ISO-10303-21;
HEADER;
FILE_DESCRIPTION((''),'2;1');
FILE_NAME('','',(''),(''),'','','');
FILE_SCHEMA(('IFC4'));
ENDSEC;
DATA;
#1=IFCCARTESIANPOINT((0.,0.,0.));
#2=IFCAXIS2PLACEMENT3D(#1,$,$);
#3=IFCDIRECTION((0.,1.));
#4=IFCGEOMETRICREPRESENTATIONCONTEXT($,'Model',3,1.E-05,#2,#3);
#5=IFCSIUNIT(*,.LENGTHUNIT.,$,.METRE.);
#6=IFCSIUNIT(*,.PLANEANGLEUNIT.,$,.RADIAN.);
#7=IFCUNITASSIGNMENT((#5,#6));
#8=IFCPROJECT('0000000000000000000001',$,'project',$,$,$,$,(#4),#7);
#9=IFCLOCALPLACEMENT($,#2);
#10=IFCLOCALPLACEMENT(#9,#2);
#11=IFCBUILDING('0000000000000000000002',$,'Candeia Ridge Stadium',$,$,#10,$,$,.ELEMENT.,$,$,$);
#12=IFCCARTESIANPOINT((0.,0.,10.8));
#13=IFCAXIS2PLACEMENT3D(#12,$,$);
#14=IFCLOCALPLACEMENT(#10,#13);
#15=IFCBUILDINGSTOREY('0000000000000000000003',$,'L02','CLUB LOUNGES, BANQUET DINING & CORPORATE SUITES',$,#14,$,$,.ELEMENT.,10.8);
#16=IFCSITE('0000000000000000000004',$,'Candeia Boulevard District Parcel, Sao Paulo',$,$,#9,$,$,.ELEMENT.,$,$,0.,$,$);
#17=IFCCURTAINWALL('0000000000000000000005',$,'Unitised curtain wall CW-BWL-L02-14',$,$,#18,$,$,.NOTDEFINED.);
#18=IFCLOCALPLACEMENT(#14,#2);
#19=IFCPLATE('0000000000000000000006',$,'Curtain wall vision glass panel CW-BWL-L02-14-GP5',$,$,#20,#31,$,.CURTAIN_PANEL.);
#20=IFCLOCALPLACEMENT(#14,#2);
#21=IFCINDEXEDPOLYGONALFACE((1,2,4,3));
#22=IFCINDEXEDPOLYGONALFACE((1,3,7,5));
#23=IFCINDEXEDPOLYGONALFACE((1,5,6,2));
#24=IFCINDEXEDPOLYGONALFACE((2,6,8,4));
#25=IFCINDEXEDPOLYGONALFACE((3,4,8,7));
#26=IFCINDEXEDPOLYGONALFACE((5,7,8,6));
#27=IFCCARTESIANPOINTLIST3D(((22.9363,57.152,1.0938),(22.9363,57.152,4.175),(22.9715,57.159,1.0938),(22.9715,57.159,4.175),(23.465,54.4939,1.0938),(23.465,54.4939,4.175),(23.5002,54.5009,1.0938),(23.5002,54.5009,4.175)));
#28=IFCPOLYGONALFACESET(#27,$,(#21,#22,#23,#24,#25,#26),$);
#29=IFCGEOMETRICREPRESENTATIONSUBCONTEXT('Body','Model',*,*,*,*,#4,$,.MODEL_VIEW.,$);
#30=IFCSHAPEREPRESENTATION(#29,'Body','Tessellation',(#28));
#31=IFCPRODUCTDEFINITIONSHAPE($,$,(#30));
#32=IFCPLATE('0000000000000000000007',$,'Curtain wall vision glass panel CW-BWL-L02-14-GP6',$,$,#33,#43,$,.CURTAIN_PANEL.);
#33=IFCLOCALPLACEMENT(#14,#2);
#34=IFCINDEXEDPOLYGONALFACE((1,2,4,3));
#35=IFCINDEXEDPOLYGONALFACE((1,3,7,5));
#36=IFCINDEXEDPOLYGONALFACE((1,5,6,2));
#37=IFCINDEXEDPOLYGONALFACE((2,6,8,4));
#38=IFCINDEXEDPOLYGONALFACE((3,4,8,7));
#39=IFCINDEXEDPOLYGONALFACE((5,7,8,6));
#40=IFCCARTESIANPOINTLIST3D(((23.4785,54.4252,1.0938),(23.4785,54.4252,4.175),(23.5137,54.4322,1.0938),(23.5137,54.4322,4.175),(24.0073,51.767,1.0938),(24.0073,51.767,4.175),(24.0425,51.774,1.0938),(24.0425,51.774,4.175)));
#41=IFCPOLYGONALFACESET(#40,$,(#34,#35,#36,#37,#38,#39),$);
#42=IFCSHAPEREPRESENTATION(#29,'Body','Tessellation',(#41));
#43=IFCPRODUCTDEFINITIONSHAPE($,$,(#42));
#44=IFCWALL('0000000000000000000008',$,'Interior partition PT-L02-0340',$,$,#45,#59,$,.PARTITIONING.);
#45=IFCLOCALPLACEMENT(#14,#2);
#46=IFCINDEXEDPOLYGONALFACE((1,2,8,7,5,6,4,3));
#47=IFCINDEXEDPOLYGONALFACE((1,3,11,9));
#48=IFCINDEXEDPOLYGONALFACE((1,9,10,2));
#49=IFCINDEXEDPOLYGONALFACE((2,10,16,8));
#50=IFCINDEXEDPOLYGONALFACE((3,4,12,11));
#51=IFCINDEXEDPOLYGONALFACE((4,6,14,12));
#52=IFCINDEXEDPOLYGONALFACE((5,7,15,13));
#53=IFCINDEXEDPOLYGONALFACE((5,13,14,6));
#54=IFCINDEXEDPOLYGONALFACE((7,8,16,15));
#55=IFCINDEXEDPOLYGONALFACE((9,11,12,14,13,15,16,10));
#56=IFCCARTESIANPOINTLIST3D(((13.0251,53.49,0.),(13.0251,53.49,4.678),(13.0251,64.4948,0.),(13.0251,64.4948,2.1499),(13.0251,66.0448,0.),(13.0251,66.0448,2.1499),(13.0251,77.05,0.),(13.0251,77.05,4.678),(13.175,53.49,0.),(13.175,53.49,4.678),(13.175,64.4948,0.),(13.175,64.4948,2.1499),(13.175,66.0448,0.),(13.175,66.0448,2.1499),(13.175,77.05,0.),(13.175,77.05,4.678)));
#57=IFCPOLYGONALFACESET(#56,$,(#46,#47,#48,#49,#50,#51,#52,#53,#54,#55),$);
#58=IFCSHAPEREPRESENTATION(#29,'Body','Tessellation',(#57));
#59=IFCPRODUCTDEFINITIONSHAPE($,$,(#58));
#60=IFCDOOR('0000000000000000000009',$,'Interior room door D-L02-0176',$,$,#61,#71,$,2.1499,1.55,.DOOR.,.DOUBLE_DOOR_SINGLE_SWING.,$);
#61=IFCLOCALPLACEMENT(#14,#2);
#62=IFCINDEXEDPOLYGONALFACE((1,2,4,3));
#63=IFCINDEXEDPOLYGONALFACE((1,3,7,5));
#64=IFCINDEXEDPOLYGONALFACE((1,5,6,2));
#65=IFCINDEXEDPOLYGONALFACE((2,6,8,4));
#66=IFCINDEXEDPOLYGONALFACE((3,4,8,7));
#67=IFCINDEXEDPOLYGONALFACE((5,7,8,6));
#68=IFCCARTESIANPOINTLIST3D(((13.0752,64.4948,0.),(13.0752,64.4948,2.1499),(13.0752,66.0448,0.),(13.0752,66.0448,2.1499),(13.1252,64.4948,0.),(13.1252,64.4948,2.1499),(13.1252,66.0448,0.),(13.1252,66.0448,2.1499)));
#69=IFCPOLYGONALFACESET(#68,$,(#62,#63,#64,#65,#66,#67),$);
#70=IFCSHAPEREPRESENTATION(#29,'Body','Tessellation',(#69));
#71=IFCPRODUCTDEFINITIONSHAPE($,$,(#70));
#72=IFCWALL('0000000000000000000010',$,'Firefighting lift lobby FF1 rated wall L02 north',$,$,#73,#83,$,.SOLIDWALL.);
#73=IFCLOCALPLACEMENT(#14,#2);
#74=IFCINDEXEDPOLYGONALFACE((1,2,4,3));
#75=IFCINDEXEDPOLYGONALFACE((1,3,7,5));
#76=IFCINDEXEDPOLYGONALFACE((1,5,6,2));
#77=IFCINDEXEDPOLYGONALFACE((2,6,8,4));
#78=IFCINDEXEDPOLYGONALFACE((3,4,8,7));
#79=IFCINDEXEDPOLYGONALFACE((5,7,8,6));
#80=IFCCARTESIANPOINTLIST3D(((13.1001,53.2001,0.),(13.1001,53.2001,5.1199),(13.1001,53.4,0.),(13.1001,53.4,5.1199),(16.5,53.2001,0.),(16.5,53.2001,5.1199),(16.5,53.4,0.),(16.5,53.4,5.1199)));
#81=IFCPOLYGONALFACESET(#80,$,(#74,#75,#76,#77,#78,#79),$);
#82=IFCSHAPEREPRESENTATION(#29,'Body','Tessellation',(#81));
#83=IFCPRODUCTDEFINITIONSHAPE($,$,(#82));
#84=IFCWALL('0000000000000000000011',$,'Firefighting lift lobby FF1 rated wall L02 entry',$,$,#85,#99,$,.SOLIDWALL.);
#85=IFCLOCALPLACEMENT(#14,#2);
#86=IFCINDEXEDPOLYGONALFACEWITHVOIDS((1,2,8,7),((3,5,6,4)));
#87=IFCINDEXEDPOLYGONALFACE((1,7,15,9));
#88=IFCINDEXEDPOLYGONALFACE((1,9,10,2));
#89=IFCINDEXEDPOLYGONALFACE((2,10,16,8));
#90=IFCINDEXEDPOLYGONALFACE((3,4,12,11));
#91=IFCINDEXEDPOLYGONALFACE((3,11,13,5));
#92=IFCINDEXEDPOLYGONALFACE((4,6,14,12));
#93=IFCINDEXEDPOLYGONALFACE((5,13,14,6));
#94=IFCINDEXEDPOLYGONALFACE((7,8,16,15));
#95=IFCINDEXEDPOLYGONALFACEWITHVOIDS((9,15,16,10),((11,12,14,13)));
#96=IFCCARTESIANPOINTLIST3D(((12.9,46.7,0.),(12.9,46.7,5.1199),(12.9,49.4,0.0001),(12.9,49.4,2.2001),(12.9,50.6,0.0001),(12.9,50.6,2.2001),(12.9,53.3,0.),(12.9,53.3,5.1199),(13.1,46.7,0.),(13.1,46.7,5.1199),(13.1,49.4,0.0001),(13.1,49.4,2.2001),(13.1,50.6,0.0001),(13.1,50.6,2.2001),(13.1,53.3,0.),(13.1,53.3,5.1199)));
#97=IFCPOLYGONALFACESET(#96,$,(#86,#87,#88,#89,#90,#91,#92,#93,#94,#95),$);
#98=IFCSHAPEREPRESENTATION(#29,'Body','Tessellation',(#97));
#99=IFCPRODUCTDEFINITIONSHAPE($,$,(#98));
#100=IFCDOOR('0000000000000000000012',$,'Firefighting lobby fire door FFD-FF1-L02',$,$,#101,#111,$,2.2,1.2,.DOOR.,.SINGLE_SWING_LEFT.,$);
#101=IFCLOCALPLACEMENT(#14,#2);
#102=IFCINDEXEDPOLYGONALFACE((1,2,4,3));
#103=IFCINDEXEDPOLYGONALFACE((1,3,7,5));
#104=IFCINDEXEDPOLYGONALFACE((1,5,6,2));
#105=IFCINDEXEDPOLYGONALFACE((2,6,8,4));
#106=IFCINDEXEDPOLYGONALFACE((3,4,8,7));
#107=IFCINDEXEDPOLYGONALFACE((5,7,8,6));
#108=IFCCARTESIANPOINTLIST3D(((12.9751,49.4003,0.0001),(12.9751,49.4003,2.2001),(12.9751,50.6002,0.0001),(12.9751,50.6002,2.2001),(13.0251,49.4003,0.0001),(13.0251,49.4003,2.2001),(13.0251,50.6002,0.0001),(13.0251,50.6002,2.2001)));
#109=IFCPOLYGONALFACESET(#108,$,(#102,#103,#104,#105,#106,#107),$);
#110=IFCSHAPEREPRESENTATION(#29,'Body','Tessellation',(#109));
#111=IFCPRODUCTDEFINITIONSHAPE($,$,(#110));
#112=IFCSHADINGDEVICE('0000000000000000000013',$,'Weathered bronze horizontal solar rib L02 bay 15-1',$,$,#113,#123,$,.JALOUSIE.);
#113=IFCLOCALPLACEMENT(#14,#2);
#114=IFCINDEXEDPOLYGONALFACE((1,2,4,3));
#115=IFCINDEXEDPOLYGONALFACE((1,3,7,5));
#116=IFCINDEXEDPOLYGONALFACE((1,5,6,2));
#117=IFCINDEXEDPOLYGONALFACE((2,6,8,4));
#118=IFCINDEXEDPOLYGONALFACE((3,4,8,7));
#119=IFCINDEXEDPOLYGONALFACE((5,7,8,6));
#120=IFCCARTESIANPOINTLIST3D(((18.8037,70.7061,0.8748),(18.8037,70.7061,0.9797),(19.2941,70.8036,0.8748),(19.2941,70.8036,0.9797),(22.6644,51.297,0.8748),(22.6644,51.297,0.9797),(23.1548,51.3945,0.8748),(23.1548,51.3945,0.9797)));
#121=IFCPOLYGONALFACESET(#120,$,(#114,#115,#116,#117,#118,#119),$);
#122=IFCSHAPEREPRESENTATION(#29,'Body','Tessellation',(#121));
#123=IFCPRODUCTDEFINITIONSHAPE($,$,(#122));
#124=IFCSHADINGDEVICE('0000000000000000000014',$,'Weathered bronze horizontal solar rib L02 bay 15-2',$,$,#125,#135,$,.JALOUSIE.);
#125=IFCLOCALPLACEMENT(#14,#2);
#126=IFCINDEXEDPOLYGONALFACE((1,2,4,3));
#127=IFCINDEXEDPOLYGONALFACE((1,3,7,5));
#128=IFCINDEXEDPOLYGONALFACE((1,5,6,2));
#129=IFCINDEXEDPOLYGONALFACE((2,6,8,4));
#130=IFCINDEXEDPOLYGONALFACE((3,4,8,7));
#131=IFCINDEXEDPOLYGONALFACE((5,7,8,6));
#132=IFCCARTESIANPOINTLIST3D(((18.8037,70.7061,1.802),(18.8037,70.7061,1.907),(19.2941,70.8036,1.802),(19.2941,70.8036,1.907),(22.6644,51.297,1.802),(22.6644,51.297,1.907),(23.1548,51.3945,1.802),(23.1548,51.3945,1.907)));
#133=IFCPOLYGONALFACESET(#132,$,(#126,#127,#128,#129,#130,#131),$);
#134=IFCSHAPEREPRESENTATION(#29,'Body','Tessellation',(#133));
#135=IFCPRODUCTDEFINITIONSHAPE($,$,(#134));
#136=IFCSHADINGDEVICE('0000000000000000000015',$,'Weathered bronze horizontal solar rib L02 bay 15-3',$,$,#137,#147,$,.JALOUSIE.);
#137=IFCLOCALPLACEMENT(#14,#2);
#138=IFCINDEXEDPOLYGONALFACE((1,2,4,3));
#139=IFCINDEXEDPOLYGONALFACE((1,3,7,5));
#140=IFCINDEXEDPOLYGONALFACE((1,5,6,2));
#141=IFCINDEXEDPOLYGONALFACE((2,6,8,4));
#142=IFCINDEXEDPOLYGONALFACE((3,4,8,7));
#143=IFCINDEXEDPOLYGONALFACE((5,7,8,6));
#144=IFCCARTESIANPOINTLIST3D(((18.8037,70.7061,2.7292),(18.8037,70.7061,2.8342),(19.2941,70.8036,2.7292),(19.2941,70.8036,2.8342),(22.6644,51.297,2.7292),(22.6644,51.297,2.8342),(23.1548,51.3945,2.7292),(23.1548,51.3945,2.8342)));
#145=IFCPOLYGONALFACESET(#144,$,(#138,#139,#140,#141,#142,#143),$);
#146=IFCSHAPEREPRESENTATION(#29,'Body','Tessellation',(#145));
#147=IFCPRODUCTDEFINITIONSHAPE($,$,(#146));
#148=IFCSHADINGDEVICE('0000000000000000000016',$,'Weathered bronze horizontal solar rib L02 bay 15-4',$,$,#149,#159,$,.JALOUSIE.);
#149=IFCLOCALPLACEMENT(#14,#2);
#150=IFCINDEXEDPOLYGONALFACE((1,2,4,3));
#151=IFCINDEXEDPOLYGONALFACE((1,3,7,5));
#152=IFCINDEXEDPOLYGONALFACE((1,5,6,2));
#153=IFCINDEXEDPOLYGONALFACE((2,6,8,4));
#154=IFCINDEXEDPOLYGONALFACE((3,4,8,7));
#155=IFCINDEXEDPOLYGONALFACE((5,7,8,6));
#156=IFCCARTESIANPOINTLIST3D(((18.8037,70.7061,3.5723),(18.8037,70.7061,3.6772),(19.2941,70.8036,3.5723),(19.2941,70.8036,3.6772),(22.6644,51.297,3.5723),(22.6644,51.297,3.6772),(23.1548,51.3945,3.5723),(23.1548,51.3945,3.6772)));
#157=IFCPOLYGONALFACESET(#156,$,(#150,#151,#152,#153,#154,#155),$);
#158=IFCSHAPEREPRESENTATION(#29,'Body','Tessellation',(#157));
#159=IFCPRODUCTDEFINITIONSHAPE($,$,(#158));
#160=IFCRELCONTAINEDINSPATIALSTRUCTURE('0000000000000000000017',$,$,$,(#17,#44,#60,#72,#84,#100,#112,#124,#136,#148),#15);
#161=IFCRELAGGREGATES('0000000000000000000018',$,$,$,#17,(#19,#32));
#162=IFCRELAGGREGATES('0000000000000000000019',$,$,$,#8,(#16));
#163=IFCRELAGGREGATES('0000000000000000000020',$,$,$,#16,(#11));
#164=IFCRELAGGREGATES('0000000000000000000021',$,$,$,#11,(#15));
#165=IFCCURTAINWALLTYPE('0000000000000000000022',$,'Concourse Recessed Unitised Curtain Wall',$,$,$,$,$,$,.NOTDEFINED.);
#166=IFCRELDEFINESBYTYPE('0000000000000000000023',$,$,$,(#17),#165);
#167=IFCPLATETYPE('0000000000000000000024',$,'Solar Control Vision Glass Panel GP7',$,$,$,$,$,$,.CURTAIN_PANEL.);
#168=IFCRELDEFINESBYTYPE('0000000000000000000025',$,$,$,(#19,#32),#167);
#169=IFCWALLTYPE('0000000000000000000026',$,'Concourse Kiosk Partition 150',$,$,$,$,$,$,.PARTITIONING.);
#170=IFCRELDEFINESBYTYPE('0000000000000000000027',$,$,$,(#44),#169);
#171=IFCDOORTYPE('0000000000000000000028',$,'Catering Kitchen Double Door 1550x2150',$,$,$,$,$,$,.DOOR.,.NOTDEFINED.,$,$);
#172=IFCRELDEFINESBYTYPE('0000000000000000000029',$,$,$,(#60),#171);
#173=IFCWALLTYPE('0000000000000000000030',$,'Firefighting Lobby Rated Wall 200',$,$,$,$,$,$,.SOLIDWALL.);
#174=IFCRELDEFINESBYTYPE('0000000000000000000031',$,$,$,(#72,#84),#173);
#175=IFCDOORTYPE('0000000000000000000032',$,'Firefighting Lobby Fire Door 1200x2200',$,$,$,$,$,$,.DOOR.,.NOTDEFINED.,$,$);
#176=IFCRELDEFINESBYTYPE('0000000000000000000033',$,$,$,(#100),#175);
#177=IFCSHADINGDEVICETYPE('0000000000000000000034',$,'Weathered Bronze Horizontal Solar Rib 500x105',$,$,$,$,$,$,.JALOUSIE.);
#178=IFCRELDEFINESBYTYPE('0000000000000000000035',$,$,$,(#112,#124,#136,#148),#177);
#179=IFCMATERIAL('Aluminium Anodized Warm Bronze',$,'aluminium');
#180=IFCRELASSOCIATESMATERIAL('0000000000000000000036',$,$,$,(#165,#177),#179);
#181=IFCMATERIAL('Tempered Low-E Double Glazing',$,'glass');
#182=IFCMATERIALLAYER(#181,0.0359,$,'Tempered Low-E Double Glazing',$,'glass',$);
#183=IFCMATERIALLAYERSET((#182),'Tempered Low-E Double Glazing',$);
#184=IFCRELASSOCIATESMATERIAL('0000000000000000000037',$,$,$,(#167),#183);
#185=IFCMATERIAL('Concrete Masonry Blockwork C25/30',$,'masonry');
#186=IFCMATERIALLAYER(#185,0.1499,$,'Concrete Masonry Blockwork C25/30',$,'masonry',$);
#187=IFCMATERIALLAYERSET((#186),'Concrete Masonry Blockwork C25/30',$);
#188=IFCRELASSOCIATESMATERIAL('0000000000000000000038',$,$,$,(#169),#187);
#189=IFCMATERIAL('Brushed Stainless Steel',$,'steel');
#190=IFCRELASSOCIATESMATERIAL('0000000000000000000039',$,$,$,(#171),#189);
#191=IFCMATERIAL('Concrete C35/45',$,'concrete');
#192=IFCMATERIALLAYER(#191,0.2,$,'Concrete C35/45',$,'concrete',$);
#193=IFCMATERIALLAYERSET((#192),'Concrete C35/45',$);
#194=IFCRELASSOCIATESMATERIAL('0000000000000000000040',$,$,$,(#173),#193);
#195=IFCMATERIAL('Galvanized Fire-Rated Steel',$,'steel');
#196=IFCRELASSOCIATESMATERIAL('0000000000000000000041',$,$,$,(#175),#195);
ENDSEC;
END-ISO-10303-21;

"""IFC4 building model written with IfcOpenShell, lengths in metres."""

from ifc_helpers import new_model, si_unit, direction, frame, frame_2d, origin, origin_2d, place, context, subcontext, project, spatial, rectangle, extrude, material, layer, layer_set, type_object, element, fill, aggregate, save


model = new_model("IFC4")

# Units and contexts
model_context = context("Model", 3, precision=1e-05, world=origin(), true_north=direction((0.0, 1.0)))
body_context = subcontext(model_context, "Body", "Model", "MODEL_VIEW")
ifc_project = project(units=[si_unit("LENGTHUNIT", "METRE"), si_unit("PLANEANGLEUNIT", "RADIAN")], contexts=[model_context])

# Site, building, storey
site_placement = place(None, origin())
site = spatial("IfcSite", under=ifc_project, at=site_placement, Name="Candeia Boulevard District Parcel, Sao Paulo", CompositionType="ELEMENT", RefElevation=0.0)
building_placement = place(site_placement, origin())
building = spatial("IfcBuilding", under=site, at=building_placement, Name="Candeia Ridge Stadium", CompositionType="ELEMENT")
storey_placement = place(building_placement, frame((0.0, 0.0, 10.8)))
storey = spatial("IfcBuildingStorey", under=building, at=storey_placement, Name="L02", Description="CLUB LOUNGES, BANQUET DINING & CORPORATE SUITES", CompositionType="ELEMENT", Elevation=10.8)

# Curtain wall
ifc_material_1 = material(Name="Aluminium Anodized Warm Bronze", Category="aluminium")
curtain_wall_type = type_object("IfcCurtainWallType", Name="Concourse Recessed Unitised Curtain Wall", PredefinedType="NOTDEFINED", material=ifc_material_1)
curtain_wall_placement = place(storey_placement, origin())
curtain_wall = element("IfcCurtainWall", 1, at=curtain_wall_placement, inside=storey, type_object=curtain_wall_type, Name="Unitised curtain wall CW-BWL-L02-14", PredefinedType="NOTDEFINED")

# Plates
ifc_material_2 = material(Name="Tempered Low-E Double Glazing", Category="glass")
ifc_layer_1 = layer(ifc_material_2, 0.0359, Name="Tempered Low-E Double Glazing", Category="glass")
ifc_layer_set_1 = layer_set([ifc_layer_1], Name="Tempered Low-E Double Glazing")
plate_type_1 = type_object("IfcPlateType", Name="Solar Control Vision Glass Panel GP7", PredefinedType="CURTAIN_PANEL", material=ifc_layer_set_1)
plate_1_placement = place(storey_placement, frame((23.2183, 55.8264, 1.0938), z_axis=(0.0, 0.0, 1.0), x_axis=(0.19509, -0.980785, 0.0)))
plate_1 = element("IfcPlate", 2, at=plate_1_placement, type_object=plate_type_1, Name="Curtain wall vision glass panel CW-BWL-L02-14-GP5", PredefinedType="CURTAIN_PANEL", context=body_context, shape_type="SweptSolid", body=[
    extrude(rectangle(XDim=2.7102, YDim=0.0359, at=origin_2d()), origin(), (0.0, 0.0, 1.0), 3.0813),
])
plate_2_placement = place(storey_placement, frame((23.7605, 53.0996, 1.0938), z_axis=(0.0, 0.0, 1.0), x_axis=(0.19509, -0.980785, 0.0)))
plate_2 = element("IfcPlate", 3, at=plate_2_placement, type_object=plate_type_1, Name="Curtain wall vision glass panel CW-BWL-L02-14-GP6", PredefinedType="CURTAIN_PANEL", context=body_context, shape_type="SweptSolid", body=[
    extrude(rectangle(XDim=2.7102, YDim=0.0359, at=origin_2d()), origin(), (0.0, 0.0, 1.0), 3.0813),
])
aggregate(curtain_wall, [plate_1, plate_2])

# Wall, opening, door
ifc_material_3 = material(Name="Concrete Masonry Blockwork C25/30", Category="masonry")
ifc_layer_2 = layer(ifc_material_3, 0.1499, Name="Concrete Masonry Blockwork C25/30", Category="masonry")
ifc_layer_set_2 = layer_set([ifc_layer_2], Name="Concrete Masonry Blockwork C25/30")
wall_type_1 = type_object("IfcWallType", Name="Concourse Kiosk Partition 150", PredefinedType="PARTITIONING", material=ifc_layer_set_2)
wall_1_placement = place(storey_placement, frame((13.1001, 53.49, 0.0), z_axis=(0.0, 0.0, 1.0), x_axis=(0.0, 1.0, 0.0)))
wall_1 = element("IfcWall", 4, at=wall_1_placement, inside=storey, type_object=wall_type_1, Name="Interior partition PT-L02-0340", PredefinedType="PARTITIONING", context=body_context, shape_type="SweptSolid", body=[
    extrude(rectangle(XDim=23.5601, YDim=0.1499, at=frame_2d((11.78, 0.0))), origin(), (0.0, 0.0, 1.0), 4.678),
])
opening_1_placement = place(wall_1_placement, frame((11.0049, 0.0, 0.0)))
opening_1 = element("IfcOpeningElement", 5, at=opening_1_placement, cuts=wall_1, PredefinedType="OPENING", context=body_context, shape_type="SweptSolid", body=[
    extrude(rectangle(XDim=1.55, YDim=2.1499, at=frame_2d((0.7749, 1.075))), frame((0.0, 0.085, 0.0), z_axis=(0.0, -1.0, 0.0), x_axis=(1.0, 0.0, 0.0)), (0.0, 0.0, 1.0), 0.1699),
])
ifc_material_4 = material(Name="Brushed Stainless Steel", Category="steel")
door_type_1 = type_object("IfcDoorType", Name="Catering Kitchen Double Door 1550x2150", OperationType="NOTDEFINED", PredefinedType="DOOR", material=ifc_material_4)
door_1_placement = place(opening_1_placement, origin())
door_1 = element("IfcDoor", 6, at=door_1_placement, inside=storey, type_object=door_type_1, Name="Interior room door D-L02-0176", OperationType="DOUBLE_DOOR_SINGLE_SWING", OverallHeight=2.1499, OverallWidth=1.55, PredefinedType="DOOR", context=body_context, shape_type="SweptSolid", body=[
    extrude(rectangle(XDim=1.55, YDim=2.1499, at=frame_2d((0.7749, 1.075))), frame((0.0, 0.0249, 0.0), z_axis=(0.0, -1.0, 0.0), x_axis=(1.0, 0.0, 0.0)), (0.0, 0.0, 1.0), 0.05),
])
fill(opening_1, door_1)

# Wall
ifc_material_5 = material(Name="Concrete C35/45", Category="concrete")
ifc_layer_3 = layer(ifc_material_5, 0.2, Name="Concrete C35/45", Category="concrete")
ifc_layer_set_3 = layer_set([ifc_layer_3], Name="Concrete C35/45")
wall_type_2 = type_object("IfcWallType", Name="Firefighting Lobby Rated Wall 200", PredefinedType="SOLIDWALL", material=ifc_layer_set_3)
wall_2_placement = place(storey_placement, frame((16.5, 53.3, 0.0), z_axis=(0.0, 0.0, 1.0), x_axis=(-1.0, 0.0, 0.0)))
element("IfcWall", 7, at=wall_2_placement, inside=storey, type_object=wall_type_2, Name="Firefighting lift lobby FF1 rated wall L02 north", PredefinedType="SOLIDWALL", context=body_context, shape_type="SweptSolid", body=[
    extrude(rectangle(XDim=3.3999, YDim=0.2, at=frame_2d((1.7, 0.0))), origin(), (0.0, 0.0, 1.0), 5.1199),
])

# Wall, opening, door
wall_3_placement = place(storey_placement, frame((13.0, 53.3, 0.0), z_axis=(0.0, 0.0, 1.0), x_axis=(0.0, -1.0, 0.0)))
wall_3 = element("IfcWall", 8, at=wall_3_placement, inside=storey, type_object=wall_type_2, Name="Firefighting lift lobby FF1 rated wall L02 entry", PredefinedType="SOLIDWALL", context=body_context, shape_type="SweptSolid", body=[
    extrude(rectangle(XDim=6.6001, YDim=0.2, at=frame_2d((3.3, 0.0))), origin(), (0.0, 0.0, 1.0), 5.1199),
])
opening_2_placement = place(wall_3_placement, frame((2.7, 0.0, 0.0)))
opening_2 = element("IfcOpeningElement", 9, at=opening_2_placement, cuts=wall_3, PredefinedType="OPENING", context=body_context, shape_type="SweptSolid", body=[
    extrude(rectangle(XDim=1.2, YDim=2.2, at=frame_2d((0.6001, 1.1001))), frame((0.0, 0.1099, 0.0), z_axis=(0.0, -1.0, 0.0), x_axis=(1.0, 0.0, 0.0)), (0.0, 0.0, 1.0), 0.22),
])
ifc_material_6 = material(Name="Galvanized Fire-Rated Steel", Category="steel")
door_type_2 = type_object("IfcDoorType", Name="Firefighting Lobby Fire Door 1200x2200", OperationType="NOTDEFINED", PredefinedType="DOOR", material=ifc_material_6)
door_2_placement = place(opening_2_placement, frame((1.2, 0.0, 0.0), z_axis=(0.0, 0.0, 1.0), x_axis=(-1.0, 0.0, 0.0)))
door_2 = element("IfcDoor", 10, at=door_2_placement, inside=storey, type_object=door_type_2, Name="Firefighting lobby fire door FFD-FF1-L02", OperationType="SINGLE_SWING_LEFT", OverallHeight=2.2, OverallWidth=1.2, PredefinedType="DOOR", context=body_context, shape_type="SweptSolid", body=[
    extrude(rectangle(XDim=1.2, YDim=2.2, at=frame_2d((0.6001, 1.1001))), frame((0.0, 0.0249, 0.0), z_axis=(0.0, -1.0, 0.0), x_axis=(1.0, 0.0, 0.0)), (0.0, 0.0, 1.0), 0.05),
])
fill(opening_2, door_2)

# Shading devices
shading_device_type = type_object("IfcShadingDeviceType", Name="Weathered Bronze Horizontal Solar Rib 500x105", PredefinedType="JALOUSIE", material=ifc_material_1)
for number, where, z_axis, x_axis, name in (
    (11, (20.9792, 61.0503, 0.8748), (0.0, 0.0, 1.0), (0.19509, -0.980785, 0.0), "Weathered bronze horizontal solar rib L02 bay 15-1"),
    (12, (20.9792, 61.0503, 1.802), (0.0, 0.0, 1.0), (0.19509, -0.980785, 0.0), "Weathered bronze horizontal solar rib L02 bay 15-2"),
    (13, (20.9792, 61.0503, 2.7292), (0.0, 0.0, 1.0), (0.19509, -0.980785, 0.0), "Weathered bronze horizontal solar rib L02 bay 15-3"),
    (14, (20.9792, 61.0503, 3.5723), (0.0, 0.0, 1.0), (0.19509, -0.980785, 0.0), "Weathered bronze horizontal solar rib L02 bay 15-4"),
):
    element("IfcShadingDevice", number, at=place(storey_placement, frame(where, z_axis=z_axis, x_axis=x_axis)), inside=storey, type_object=shading_device_type, Name=name, PredefinedType="JALOUSIE", context=body_context, shape_type="SweptSolid", body=[
        extrude(rectangle(XDim=19.7893, YDim=0.5, at=origin_2d()), origin(), (0.0, 0.0, 1.0), 0.105),
    ])

save(model, "model.ifc")
